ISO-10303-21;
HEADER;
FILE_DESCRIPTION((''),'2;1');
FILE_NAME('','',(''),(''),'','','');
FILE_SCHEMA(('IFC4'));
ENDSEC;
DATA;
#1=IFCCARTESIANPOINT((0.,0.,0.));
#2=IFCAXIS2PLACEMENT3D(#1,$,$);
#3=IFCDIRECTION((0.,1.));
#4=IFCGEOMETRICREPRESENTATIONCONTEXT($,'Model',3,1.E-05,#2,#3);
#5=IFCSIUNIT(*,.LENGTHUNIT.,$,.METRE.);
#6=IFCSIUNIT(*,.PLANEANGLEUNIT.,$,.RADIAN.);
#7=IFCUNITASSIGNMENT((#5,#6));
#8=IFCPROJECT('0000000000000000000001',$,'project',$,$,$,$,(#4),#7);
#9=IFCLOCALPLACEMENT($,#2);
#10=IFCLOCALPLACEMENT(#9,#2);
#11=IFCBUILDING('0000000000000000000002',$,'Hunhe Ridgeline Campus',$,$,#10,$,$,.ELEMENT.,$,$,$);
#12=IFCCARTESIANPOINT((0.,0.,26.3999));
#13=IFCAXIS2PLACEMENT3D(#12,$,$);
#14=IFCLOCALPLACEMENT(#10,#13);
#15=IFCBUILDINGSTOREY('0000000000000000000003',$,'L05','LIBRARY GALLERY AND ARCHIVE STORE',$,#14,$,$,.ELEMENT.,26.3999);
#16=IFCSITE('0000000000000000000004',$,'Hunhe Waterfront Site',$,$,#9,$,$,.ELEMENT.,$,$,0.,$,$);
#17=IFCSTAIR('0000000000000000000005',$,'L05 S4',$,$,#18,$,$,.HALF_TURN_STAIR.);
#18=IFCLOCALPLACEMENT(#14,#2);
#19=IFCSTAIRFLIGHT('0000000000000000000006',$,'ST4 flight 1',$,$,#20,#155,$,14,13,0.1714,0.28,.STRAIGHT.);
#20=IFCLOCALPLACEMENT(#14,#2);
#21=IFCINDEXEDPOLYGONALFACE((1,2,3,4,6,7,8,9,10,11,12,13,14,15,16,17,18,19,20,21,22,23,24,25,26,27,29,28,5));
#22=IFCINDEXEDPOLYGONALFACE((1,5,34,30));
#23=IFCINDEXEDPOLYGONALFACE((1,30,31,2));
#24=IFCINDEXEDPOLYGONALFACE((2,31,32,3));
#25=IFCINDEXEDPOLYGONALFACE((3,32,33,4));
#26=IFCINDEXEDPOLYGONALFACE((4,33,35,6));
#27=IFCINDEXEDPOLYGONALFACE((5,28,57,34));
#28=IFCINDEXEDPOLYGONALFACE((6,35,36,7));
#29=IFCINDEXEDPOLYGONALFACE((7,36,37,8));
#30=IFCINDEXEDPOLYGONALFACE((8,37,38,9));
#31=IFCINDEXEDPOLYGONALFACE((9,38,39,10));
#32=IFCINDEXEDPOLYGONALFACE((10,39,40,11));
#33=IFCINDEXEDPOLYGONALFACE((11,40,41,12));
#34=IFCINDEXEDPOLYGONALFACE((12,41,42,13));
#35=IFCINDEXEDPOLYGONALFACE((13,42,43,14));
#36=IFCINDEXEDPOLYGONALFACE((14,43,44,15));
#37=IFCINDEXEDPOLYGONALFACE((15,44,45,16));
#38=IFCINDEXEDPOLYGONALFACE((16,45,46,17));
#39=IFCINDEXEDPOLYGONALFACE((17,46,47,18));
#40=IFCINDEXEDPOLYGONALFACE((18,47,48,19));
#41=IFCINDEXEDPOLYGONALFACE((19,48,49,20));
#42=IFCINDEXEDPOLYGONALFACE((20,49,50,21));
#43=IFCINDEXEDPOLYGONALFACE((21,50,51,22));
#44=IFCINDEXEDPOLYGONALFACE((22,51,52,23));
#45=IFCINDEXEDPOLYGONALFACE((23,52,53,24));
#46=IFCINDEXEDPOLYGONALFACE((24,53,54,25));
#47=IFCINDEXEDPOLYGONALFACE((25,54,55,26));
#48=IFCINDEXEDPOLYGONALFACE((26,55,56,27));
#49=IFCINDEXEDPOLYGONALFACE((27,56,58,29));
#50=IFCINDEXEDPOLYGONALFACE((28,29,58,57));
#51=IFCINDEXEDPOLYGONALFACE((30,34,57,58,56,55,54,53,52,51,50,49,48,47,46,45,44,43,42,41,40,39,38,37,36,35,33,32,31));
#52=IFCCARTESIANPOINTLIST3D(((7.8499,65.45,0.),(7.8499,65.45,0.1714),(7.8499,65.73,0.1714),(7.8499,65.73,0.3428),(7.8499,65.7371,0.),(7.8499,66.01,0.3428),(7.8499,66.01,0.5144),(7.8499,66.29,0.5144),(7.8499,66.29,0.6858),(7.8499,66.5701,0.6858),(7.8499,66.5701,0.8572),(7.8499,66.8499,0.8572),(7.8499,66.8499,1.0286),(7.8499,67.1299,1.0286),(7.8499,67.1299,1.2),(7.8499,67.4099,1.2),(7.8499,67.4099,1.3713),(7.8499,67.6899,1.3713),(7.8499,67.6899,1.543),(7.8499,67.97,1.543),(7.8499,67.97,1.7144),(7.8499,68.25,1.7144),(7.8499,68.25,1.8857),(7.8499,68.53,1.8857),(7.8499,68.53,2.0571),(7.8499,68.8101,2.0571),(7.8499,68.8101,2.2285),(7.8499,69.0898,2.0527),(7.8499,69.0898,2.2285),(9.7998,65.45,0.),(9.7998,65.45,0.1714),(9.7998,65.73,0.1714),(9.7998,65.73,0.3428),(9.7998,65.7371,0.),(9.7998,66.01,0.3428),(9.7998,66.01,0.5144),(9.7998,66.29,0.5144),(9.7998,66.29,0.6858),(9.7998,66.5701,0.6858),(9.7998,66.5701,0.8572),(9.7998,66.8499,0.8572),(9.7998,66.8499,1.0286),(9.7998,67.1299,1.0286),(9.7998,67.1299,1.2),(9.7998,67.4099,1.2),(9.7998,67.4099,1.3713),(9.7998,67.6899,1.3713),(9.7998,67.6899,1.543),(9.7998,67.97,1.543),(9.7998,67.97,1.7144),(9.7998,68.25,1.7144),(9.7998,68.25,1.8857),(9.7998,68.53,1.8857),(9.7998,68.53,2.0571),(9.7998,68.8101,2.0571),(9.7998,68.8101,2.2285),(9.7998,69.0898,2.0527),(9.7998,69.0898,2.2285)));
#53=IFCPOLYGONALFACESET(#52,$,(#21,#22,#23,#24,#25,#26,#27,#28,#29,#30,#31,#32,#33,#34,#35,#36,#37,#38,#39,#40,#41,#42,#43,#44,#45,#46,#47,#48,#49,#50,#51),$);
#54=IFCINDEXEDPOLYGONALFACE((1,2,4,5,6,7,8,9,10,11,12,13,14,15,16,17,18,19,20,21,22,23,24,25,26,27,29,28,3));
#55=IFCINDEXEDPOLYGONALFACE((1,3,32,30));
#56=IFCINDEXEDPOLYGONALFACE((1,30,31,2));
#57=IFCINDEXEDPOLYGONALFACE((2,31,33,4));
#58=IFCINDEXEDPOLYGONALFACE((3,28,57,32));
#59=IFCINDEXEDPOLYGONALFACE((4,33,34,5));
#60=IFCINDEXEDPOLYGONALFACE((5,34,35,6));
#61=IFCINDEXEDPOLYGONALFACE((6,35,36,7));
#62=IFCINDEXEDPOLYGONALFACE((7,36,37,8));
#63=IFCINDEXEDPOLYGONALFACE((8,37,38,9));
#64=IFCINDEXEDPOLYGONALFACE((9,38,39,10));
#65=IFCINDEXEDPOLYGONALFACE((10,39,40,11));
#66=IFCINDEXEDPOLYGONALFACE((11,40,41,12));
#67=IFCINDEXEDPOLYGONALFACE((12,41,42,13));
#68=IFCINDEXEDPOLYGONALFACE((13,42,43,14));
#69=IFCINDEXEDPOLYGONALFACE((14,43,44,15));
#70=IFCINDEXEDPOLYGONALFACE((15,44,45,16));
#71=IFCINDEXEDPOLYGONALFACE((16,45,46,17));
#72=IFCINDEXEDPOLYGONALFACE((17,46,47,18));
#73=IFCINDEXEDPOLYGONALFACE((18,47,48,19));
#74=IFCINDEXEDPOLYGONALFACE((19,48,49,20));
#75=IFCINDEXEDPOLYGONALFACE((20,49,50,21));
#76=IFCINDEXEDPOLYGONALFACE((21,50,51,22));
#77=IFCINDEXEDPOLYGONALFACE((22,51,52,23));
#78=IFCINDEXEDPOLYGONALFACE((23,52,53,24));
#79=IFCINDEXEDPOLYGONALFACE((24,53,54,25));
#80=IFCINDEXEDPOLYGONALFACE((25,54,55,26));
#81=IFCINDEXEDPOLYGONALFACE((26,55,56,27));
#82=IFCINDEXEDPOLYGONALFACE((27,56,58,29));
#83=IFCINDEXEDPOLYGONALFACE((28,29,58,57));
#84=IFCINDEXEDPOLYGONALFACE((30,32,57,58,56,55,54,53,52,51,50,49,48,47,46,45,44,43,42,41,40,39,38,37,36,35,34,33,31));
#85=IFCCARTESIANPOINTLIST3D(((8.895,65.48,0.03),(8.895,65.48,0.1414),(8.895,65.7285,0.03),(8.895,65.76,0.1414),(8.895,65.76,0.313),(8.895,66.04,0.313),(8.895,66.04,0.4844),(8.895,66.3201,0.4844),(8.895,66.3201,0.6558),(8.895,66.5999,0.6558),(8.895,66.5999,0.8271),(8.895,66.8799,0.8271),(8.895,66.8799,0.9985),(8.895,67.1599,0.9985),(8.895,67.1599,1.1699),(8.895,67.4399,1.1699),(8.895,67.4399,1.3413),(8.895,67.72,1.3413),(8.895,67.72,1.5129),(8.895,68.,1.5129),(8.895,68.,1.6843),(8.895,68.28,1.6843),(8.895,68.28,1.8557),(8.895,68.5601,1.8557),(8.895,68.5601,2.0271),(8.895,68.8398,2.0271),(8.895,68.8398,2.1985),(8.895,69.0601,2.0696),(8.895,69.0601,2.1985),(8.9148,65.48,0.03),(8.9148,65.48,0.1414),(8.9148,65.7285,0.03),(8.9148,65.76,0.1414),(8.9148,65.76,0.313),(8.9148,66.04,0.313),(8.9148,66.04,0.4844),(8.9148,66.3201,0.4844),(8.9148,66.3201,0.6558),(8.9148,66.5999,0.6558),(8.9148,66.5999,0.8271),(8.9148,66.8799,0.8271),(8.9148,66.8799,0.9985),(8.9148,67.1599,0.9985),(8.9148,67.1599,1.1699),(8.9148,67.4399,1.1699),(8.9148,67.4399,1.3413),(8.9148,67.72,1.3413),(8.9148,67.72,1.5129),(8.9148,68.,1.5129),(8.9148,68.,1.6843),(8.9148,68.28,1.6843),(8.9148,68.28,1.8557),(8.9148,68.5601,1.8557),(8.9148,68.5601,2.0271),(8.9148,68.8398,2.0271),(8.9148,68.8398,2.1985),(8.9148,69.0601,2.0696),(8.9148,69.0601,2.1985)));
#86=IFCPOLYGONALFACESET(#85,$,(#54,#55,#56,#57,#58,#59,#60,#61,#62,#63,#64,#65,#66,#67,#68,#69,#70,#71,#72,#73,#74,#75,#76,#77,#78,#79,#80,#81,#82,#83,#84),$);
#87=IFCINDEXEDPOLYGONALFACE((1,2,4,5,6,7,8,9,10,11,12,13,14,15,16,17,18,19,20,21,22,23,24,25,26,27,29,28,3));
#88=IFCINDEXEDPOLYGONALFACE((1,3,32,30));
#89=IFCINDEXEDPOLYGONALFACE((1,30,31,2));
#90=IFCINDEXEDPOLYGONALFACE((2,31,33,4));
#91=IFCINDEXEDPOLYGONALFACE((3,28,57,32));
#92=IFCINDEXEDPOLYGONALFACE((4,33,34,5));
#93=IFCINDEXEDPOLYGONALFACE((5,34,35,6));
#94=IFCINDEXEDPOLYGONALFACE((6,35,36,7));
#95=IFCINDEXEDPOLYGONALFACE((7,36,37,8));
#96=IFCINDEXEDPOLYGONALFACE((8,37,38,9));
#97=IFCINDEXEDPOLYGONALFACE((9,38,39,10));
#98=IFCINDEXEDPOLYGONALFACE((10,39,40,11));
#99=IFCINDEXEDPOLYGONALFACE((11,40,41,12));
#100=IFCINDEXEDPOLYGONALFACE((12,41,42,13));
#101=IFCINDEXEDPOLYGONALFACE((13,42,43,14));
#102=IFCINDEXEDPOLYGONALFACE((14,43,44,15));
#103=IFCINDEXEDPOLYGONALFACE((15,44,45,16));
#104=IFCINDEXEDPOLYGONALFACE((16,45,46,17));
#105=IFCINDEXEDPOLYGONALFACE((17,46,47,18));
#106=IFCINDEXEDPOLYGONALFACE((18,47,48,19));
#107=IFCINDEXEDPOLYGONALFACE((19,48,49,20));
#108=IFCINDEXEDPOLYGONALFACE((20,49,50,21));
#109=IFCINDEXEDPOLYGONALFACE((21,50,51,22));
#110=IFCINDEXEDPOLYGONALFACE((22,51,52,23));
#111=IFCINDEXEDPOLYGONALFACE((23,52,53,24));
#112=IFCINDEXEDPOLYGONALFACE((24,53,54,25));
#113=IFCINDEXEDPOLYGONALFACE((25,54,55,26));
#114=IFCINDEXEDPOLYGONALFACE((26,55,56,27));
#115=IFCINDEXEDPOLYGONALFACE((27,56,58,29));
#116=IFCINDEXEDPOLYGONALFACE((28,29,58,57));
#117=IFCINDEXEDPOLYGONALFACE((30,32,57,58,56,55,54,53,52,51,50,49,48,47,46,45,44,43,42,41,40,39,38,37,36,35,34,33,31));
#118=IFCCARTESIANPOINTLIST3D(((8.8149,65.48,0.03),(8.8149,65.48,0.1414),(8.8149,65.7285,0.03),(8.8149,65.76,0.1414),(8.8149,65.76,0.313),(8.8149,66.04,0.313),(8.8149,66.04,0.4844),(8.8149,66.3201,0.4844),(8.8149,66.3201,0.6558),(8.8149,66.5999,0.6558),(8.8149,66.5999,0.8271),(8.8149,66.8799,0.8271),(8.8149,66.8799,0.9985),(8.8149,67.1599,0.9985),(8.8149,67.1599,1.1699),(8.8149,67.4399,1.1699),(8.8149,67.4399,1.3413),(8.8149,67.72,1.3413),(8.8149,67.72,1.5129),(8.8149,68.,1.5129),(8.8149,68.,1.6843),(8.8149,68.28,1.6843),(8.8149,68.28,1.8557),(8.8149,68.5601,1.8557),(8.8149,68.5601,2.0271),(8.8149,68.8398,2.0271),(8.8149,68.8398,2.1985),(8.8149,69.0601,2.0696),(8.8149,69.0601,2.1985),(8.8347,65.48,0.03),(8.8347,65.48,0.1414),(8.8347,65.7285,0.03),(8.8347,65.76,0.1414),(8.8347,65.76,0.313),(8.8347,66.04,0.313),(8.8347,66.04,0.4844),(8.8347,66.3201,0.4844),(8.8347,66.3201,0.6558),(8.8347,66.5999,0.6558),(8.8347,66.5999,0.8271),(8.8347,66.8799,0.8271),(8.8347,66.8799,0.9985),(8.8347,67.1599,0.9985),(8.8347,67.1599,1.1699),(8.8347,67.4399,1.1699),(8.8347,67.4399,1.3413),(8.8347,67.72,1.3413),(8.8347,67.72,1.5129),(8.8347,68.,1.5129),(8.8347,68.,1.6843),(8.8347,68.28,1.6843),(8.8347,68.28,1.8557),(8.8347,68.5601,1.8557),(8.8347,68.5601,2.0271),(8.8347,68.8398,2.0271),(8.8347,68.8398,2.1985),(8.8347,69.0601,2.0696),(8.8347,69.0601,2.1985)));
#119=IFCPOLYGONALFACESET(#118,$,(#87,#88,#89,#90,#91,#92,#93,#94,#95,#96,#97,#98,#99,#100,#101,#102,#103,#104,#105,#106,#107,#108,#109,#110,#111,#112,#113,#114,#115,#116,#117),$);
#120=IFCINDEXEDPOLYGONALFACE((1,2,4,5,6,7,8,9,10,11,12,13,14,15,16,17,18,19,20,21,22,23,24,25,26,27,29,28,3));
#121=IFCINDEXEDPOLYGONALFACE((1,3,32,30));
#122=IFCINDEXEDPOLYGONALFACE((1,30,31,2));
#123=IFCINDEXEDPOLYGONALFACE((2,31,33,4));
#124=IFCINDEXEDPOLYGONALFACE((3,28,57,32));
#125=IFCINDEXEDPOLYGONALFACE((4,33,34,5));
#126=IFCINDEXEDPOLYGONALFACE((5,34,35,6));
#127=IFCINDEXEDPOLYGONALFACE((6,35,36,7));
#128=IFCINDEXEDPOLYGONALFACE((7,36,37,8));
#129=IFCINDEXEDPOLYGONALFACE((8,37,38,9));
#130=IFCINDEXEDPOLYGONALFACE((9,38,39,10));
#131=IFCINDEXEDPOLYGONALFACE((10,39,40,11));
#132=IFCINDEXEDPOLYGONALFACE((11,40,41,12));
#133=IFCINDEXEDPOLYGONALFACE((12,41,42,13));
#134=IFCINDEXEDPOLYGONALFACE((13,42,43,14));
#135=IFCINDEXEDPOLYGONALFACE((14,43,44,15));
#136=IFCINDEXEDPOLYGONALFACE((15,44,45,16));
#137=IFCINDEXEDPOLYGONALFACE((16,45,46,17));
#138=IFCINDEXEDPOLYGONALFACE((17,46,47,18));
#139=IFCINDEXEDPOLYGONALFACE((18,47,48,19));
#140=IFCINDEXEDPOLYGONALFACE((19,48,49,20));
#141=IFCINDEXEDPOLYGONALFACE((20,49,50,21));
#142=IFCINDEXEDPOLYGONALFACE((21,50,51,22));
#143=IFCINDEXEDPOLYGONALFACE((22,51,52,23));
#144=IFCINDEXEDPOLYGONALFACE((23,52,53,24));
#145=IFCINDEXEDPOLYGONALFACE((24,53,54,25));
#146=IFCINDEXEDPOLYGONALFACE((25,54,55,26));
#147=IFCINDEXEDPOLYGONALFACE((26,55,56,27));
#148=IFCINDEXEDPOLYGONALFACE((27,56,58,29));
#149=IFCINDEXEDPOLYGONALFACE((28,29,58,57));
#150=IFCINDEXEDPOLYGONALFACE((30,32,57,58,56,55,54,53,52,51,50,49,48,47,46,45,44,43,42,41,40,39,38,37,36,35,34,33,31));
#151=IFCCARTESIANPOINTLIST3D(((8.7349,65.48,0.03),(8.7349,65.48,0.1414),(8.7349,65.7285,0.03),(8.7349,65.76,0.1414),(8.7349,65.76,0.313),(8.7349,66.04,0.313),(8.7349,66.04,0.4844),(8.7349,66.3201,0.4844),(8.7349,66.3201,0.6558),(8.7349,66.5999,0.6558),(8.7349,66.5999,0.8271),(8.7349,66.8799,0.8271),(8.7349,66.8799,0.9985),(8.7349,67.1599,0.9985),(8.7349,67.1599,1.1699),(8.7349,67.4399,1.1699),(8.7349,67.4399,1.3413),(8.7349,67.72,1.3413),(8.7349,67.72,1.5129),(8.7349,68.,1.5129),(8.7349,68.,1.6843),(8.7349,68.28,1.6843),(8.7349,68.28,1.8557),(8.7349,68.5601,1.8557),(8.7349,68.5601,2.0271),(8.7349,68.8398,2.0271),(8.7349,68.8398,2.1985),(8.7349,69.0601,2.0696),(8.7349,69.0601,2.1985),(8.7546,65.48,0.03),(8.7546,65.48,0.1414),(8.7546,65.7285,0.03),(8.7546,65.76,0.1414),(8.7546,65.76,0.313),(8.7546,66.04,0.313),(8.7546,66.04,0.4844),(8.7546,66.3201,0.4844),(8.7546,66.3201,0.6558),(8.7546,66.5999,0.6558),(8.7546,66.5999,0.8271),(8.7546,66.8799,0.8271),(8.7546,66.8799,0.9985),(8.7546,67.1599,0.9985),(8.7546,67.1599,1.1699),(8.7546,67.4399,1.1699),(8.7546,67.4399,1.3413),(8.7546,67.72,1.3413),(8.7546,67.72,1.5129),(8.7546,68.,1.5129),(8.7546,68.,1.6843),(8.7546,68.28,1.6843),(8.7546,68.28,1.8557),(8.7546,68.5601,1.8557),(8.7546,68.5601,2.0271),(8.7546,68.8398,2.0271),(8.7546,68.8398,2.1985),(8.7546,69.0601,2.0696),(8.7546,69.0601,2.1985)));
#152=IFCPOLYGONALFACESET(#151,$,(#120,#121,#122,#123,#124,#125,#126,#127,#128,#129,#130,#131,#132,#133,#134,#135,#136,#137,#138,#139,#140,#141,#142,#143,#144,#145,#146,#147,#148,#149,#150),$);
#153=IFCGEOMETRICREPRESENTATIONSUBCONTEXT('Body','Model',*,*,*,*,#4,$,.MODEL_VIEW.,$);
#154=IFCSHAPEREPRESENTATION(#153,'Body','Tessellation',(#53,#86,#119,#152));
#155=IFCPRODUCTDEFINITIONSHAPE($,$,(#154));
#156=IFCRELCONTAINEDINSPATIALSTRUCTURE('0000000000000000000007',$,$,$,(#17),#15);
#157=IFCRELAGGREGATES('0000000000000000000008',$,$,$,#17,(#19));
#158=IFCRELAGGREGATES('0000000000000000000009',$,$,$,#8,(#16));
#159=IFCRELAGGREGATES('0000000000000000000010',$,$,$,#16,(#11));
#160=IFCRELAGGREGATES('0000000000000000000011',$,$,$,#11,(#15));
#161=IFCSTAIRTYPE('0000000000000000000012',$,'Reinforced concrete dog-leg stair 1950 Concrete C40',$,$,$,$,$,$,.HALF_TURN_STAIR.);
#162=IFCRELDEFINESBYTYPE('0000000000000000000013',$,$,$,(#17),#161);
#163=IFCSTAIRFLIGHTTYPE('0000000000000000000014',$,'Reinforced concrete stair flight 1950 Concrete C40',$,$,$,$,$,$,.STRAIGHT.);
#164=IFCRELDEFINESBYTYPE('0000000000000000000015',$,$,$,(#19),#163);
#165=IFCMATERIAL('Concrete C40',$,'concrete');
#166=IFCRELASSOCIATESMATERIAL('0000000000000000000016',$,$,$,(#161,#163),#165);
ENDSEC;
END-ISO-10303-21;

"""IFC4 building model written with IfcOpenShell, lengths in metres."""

from ifc_helpers import new_model, si_unit, direction, frame, origin, place, context, subcontext, project, spatial, polyline, outline, extrude, material, type_object, element, aggregate, save


model = new_model("IFC4")

# Units and contexts
model_context = context("Model", 3, precision=1e-05, world=origin(), true_north=direction((0.0, 1.0)))
body_context = subcontext(model_context, "Body", "Model", "MODEL_VIEW")
ifc_project = project(units=[si_unit("LENGTHUNIT", "METRE"), si_unit("PLANEANGLEUNIT", "RADIAN")], contexts=[model_context])

# Site, building, storey
site_placement = place(None, origin())
site = spatial("IfcSite", under=ifc_project, at=site_placement, Name="Hunhe Waterfront Site", CompositionType="ELEMENT", RefElevation=0.0)
building_placement = place(site_placement, origin())
building = spatial("IfcBuilding", under=site, at=building_placement, Name="Hunhe Ridgeline Campus", CompositionType="ELEMENT")
storey_placement = place(building_placement, frame((0.0, 0.0, 26.3999)))
storey = spatial("IfcBuildingStorey", under=building, at=storey_placement, Name="L05", Description="LIBRARY GALLERY AND ARCHIVE STORE", CompositionType="ELEMENT", Elevation=26.3999)

# Stair, stair flight
ifc_material_1 = material(Name="Concrete C40", Category="concrete")
stair_type = type_object("IfcStairType", Name="Reinforced concrete dog-leg stair 1950 Concrete C40", PredefinedType="HALF_TURN_STAIR", material=ifc_material_1)
stair_placement = place(storey_placement, origin())
stair = element("IfcStair", 1, at=stair_placement, inside=storey, type_object=stair_type, Name="L05 S4", PredefinedType="HALF_TURN_STAIR")
stair_flight_type = type_object("IfcStairFlightType", Name="Reinforced concrete stair flight 1950 Concrete C40", PredefinedType="STRAIGHT", material=ifc_material_1)
stair_flight_placement = place(storey_placement, frame((8.825, 65.45, 0.0), z_axis=(0.0, 0.0, 1.0), x_axis=(0.0, 1.0, 0.0)))
stair_flight = element("IfcStairFlight", 2, at=stair_flight_placement, type_object=stair_flight_type, Name="ST4 flight 1", NumberOfRisers=14, NumberOfTreads=13, PredefinedType="STRAIGHT", RiserHeight=0.1714, TreadLength=0.28, context=body_context, shape_type="SweptSolid", body=[
    extrude(outline(polyline([(0.0, 0.0), (0.0, 0.1714), (0.28, 0.1714), (0.28, 0.3428), (0.5601, 0.3428), (0.5601, 0.5144), (0.8401, 0.5144), (0.8401, 0.6858), (1.1201, 0.6858), (1.1201, 0.8572), (1.3999, 0.8572), (1.3999, 1.0286), (1.6799, 1.0286), (1.6799, 1.2), (1.96, 1.2), (1.96, 1.3713), (2.24, 1.3713), (2.24, 1.543), (2.52, 1.543), (2.52, 1.7144), (2.8, 1.7144), (2.8, 1.8857), (3.0801, 1.8857), (3.0801, 2.0571), (3.3601, 2.0571), (3.3601, 2.2285), (3.6399, 2.2285), (3.6399, 2.3999), (3.6399, 2.0527), (0.2871, 0.0), (0.0, 0.0)])), frame((0.0, 0.9751, 0.0), z_axis=(0.0, -1.0, 0.0), x_axis=(1.0, 0.0, 0.0)), (0.0, 0.0, 1.0), 1.95),
    extrude(outline(polyline([(0.03, 0.03), (0.03, 0.1414), (0.3101, 0.1414), (0.3101, 0.313), (0.5901, 0.313), (0.5901, 0.4844), (0.8701, 0.4844), (0.8701, 0.6558), (1.1499, 0.6558), (1.1499, 0.8271), (1.4299, 0.8271), (1.4299, 0.9985), (1.71, 0.9985), (1.71, 1.1699), (1.99, 1.1699), (1.99, 1.3413), (2.27, 1.3413), (2.27, 1.5129), (2.55, 1.5129), (2.55, 1.6843), (2.8301, 1.6843), (2.8301, 1.8557), (3.1101, 1.8557), (3.1101, 2.0271), (3.3899, 2.0271), (3.3899, 2.1985), (3.6101, 2.1985), (3.6101, 2.0696), (0.2786, 0.03), (0.03, 0.03)])), frame((0.0, -0.0701, 0.0), z_axis=(0.0, -1.0, 0.0), x_axis=(1.0, 0.0, 0.0)), (0.0, 0.0, 1.0), 0.0198),
    extrude(outline(polyline([(0.03, 0.03), (0.03, 0.1414), (0.3101, 0.1414), (0.3101, 0.313), (0.5901, 0.313), (0.5901, 0.4844), (0.8701, 0.4844), (0.8701, 0.6558), (1.1499, 0.6558), (1.1499, 0.8271), (1.4299, 0.8271), (1.4299, 0.9985), (1.71, 0.9985), (1.71, 1.1699), (1.99, 1.1699), (1.99, 1.3413), (2.27, 1.3413), (2.27, 1.5129), (2.55, 1.5129), (2.55, 1.6843), (2.8301, 1.6843), (2.8301, 1.8557), (3.1101, 1.8557), (3.1101, 2.0271), (3.3899, 2.0271), (3.3899, 2.1985), (3.6101, 2.1985), (3.6101, 2.0696), (0.2786, 0.03), (0.03, 0.03)])), frame((0.0, 0.01, 0.0), z_axis=(0.0, -1.0, 0.0), x_axis=(1.0, 0.0, 0.0)), (0.0, 0.0, 1.0), 0.0198),
    extrude(outline(polyline([(0.03, 0.03), (0.03, 0.1414), (0.3101, 0.1414), (0.3101, 0.313), (0.5901, 0.313), (0.5901, 0.4844), (0.8701, 0.4844), (0.8701, 0.6558), (1.1499, 0.6558), (1.1499, 0.8271), (1.4299, 0.8271), (1.4299, 0.9985), (1.71, 0.9985), (1.71, 1.1699), (1.99, 1.1699), (1.99, 1.3413), (2.27, 1.3413), (2.27, 1.5129), (2.55, 1.5129), (2.55, 1.6843), (2.8301, 1.6843), (2.8301, 1.8557), (3.1101, 1.8557), (3.1101, 2.0271), (3.3899, 2.0271), (3.3899, 2.1985), (3.6101, 2.1985), (3.6101, 2.0696), (0.2786, 0.03), (0.03, 0.03)])), frame((0.0, 0.0901, 0.0), z_axis=(0.0, -1.0, 0.0), x_axis=(1.0, 0.0, 0.0)), (0.0, 0.0, 1.0), 0.0198),
])
aggregate(stair, [stair_flight])

save(model, "model.ifc")
